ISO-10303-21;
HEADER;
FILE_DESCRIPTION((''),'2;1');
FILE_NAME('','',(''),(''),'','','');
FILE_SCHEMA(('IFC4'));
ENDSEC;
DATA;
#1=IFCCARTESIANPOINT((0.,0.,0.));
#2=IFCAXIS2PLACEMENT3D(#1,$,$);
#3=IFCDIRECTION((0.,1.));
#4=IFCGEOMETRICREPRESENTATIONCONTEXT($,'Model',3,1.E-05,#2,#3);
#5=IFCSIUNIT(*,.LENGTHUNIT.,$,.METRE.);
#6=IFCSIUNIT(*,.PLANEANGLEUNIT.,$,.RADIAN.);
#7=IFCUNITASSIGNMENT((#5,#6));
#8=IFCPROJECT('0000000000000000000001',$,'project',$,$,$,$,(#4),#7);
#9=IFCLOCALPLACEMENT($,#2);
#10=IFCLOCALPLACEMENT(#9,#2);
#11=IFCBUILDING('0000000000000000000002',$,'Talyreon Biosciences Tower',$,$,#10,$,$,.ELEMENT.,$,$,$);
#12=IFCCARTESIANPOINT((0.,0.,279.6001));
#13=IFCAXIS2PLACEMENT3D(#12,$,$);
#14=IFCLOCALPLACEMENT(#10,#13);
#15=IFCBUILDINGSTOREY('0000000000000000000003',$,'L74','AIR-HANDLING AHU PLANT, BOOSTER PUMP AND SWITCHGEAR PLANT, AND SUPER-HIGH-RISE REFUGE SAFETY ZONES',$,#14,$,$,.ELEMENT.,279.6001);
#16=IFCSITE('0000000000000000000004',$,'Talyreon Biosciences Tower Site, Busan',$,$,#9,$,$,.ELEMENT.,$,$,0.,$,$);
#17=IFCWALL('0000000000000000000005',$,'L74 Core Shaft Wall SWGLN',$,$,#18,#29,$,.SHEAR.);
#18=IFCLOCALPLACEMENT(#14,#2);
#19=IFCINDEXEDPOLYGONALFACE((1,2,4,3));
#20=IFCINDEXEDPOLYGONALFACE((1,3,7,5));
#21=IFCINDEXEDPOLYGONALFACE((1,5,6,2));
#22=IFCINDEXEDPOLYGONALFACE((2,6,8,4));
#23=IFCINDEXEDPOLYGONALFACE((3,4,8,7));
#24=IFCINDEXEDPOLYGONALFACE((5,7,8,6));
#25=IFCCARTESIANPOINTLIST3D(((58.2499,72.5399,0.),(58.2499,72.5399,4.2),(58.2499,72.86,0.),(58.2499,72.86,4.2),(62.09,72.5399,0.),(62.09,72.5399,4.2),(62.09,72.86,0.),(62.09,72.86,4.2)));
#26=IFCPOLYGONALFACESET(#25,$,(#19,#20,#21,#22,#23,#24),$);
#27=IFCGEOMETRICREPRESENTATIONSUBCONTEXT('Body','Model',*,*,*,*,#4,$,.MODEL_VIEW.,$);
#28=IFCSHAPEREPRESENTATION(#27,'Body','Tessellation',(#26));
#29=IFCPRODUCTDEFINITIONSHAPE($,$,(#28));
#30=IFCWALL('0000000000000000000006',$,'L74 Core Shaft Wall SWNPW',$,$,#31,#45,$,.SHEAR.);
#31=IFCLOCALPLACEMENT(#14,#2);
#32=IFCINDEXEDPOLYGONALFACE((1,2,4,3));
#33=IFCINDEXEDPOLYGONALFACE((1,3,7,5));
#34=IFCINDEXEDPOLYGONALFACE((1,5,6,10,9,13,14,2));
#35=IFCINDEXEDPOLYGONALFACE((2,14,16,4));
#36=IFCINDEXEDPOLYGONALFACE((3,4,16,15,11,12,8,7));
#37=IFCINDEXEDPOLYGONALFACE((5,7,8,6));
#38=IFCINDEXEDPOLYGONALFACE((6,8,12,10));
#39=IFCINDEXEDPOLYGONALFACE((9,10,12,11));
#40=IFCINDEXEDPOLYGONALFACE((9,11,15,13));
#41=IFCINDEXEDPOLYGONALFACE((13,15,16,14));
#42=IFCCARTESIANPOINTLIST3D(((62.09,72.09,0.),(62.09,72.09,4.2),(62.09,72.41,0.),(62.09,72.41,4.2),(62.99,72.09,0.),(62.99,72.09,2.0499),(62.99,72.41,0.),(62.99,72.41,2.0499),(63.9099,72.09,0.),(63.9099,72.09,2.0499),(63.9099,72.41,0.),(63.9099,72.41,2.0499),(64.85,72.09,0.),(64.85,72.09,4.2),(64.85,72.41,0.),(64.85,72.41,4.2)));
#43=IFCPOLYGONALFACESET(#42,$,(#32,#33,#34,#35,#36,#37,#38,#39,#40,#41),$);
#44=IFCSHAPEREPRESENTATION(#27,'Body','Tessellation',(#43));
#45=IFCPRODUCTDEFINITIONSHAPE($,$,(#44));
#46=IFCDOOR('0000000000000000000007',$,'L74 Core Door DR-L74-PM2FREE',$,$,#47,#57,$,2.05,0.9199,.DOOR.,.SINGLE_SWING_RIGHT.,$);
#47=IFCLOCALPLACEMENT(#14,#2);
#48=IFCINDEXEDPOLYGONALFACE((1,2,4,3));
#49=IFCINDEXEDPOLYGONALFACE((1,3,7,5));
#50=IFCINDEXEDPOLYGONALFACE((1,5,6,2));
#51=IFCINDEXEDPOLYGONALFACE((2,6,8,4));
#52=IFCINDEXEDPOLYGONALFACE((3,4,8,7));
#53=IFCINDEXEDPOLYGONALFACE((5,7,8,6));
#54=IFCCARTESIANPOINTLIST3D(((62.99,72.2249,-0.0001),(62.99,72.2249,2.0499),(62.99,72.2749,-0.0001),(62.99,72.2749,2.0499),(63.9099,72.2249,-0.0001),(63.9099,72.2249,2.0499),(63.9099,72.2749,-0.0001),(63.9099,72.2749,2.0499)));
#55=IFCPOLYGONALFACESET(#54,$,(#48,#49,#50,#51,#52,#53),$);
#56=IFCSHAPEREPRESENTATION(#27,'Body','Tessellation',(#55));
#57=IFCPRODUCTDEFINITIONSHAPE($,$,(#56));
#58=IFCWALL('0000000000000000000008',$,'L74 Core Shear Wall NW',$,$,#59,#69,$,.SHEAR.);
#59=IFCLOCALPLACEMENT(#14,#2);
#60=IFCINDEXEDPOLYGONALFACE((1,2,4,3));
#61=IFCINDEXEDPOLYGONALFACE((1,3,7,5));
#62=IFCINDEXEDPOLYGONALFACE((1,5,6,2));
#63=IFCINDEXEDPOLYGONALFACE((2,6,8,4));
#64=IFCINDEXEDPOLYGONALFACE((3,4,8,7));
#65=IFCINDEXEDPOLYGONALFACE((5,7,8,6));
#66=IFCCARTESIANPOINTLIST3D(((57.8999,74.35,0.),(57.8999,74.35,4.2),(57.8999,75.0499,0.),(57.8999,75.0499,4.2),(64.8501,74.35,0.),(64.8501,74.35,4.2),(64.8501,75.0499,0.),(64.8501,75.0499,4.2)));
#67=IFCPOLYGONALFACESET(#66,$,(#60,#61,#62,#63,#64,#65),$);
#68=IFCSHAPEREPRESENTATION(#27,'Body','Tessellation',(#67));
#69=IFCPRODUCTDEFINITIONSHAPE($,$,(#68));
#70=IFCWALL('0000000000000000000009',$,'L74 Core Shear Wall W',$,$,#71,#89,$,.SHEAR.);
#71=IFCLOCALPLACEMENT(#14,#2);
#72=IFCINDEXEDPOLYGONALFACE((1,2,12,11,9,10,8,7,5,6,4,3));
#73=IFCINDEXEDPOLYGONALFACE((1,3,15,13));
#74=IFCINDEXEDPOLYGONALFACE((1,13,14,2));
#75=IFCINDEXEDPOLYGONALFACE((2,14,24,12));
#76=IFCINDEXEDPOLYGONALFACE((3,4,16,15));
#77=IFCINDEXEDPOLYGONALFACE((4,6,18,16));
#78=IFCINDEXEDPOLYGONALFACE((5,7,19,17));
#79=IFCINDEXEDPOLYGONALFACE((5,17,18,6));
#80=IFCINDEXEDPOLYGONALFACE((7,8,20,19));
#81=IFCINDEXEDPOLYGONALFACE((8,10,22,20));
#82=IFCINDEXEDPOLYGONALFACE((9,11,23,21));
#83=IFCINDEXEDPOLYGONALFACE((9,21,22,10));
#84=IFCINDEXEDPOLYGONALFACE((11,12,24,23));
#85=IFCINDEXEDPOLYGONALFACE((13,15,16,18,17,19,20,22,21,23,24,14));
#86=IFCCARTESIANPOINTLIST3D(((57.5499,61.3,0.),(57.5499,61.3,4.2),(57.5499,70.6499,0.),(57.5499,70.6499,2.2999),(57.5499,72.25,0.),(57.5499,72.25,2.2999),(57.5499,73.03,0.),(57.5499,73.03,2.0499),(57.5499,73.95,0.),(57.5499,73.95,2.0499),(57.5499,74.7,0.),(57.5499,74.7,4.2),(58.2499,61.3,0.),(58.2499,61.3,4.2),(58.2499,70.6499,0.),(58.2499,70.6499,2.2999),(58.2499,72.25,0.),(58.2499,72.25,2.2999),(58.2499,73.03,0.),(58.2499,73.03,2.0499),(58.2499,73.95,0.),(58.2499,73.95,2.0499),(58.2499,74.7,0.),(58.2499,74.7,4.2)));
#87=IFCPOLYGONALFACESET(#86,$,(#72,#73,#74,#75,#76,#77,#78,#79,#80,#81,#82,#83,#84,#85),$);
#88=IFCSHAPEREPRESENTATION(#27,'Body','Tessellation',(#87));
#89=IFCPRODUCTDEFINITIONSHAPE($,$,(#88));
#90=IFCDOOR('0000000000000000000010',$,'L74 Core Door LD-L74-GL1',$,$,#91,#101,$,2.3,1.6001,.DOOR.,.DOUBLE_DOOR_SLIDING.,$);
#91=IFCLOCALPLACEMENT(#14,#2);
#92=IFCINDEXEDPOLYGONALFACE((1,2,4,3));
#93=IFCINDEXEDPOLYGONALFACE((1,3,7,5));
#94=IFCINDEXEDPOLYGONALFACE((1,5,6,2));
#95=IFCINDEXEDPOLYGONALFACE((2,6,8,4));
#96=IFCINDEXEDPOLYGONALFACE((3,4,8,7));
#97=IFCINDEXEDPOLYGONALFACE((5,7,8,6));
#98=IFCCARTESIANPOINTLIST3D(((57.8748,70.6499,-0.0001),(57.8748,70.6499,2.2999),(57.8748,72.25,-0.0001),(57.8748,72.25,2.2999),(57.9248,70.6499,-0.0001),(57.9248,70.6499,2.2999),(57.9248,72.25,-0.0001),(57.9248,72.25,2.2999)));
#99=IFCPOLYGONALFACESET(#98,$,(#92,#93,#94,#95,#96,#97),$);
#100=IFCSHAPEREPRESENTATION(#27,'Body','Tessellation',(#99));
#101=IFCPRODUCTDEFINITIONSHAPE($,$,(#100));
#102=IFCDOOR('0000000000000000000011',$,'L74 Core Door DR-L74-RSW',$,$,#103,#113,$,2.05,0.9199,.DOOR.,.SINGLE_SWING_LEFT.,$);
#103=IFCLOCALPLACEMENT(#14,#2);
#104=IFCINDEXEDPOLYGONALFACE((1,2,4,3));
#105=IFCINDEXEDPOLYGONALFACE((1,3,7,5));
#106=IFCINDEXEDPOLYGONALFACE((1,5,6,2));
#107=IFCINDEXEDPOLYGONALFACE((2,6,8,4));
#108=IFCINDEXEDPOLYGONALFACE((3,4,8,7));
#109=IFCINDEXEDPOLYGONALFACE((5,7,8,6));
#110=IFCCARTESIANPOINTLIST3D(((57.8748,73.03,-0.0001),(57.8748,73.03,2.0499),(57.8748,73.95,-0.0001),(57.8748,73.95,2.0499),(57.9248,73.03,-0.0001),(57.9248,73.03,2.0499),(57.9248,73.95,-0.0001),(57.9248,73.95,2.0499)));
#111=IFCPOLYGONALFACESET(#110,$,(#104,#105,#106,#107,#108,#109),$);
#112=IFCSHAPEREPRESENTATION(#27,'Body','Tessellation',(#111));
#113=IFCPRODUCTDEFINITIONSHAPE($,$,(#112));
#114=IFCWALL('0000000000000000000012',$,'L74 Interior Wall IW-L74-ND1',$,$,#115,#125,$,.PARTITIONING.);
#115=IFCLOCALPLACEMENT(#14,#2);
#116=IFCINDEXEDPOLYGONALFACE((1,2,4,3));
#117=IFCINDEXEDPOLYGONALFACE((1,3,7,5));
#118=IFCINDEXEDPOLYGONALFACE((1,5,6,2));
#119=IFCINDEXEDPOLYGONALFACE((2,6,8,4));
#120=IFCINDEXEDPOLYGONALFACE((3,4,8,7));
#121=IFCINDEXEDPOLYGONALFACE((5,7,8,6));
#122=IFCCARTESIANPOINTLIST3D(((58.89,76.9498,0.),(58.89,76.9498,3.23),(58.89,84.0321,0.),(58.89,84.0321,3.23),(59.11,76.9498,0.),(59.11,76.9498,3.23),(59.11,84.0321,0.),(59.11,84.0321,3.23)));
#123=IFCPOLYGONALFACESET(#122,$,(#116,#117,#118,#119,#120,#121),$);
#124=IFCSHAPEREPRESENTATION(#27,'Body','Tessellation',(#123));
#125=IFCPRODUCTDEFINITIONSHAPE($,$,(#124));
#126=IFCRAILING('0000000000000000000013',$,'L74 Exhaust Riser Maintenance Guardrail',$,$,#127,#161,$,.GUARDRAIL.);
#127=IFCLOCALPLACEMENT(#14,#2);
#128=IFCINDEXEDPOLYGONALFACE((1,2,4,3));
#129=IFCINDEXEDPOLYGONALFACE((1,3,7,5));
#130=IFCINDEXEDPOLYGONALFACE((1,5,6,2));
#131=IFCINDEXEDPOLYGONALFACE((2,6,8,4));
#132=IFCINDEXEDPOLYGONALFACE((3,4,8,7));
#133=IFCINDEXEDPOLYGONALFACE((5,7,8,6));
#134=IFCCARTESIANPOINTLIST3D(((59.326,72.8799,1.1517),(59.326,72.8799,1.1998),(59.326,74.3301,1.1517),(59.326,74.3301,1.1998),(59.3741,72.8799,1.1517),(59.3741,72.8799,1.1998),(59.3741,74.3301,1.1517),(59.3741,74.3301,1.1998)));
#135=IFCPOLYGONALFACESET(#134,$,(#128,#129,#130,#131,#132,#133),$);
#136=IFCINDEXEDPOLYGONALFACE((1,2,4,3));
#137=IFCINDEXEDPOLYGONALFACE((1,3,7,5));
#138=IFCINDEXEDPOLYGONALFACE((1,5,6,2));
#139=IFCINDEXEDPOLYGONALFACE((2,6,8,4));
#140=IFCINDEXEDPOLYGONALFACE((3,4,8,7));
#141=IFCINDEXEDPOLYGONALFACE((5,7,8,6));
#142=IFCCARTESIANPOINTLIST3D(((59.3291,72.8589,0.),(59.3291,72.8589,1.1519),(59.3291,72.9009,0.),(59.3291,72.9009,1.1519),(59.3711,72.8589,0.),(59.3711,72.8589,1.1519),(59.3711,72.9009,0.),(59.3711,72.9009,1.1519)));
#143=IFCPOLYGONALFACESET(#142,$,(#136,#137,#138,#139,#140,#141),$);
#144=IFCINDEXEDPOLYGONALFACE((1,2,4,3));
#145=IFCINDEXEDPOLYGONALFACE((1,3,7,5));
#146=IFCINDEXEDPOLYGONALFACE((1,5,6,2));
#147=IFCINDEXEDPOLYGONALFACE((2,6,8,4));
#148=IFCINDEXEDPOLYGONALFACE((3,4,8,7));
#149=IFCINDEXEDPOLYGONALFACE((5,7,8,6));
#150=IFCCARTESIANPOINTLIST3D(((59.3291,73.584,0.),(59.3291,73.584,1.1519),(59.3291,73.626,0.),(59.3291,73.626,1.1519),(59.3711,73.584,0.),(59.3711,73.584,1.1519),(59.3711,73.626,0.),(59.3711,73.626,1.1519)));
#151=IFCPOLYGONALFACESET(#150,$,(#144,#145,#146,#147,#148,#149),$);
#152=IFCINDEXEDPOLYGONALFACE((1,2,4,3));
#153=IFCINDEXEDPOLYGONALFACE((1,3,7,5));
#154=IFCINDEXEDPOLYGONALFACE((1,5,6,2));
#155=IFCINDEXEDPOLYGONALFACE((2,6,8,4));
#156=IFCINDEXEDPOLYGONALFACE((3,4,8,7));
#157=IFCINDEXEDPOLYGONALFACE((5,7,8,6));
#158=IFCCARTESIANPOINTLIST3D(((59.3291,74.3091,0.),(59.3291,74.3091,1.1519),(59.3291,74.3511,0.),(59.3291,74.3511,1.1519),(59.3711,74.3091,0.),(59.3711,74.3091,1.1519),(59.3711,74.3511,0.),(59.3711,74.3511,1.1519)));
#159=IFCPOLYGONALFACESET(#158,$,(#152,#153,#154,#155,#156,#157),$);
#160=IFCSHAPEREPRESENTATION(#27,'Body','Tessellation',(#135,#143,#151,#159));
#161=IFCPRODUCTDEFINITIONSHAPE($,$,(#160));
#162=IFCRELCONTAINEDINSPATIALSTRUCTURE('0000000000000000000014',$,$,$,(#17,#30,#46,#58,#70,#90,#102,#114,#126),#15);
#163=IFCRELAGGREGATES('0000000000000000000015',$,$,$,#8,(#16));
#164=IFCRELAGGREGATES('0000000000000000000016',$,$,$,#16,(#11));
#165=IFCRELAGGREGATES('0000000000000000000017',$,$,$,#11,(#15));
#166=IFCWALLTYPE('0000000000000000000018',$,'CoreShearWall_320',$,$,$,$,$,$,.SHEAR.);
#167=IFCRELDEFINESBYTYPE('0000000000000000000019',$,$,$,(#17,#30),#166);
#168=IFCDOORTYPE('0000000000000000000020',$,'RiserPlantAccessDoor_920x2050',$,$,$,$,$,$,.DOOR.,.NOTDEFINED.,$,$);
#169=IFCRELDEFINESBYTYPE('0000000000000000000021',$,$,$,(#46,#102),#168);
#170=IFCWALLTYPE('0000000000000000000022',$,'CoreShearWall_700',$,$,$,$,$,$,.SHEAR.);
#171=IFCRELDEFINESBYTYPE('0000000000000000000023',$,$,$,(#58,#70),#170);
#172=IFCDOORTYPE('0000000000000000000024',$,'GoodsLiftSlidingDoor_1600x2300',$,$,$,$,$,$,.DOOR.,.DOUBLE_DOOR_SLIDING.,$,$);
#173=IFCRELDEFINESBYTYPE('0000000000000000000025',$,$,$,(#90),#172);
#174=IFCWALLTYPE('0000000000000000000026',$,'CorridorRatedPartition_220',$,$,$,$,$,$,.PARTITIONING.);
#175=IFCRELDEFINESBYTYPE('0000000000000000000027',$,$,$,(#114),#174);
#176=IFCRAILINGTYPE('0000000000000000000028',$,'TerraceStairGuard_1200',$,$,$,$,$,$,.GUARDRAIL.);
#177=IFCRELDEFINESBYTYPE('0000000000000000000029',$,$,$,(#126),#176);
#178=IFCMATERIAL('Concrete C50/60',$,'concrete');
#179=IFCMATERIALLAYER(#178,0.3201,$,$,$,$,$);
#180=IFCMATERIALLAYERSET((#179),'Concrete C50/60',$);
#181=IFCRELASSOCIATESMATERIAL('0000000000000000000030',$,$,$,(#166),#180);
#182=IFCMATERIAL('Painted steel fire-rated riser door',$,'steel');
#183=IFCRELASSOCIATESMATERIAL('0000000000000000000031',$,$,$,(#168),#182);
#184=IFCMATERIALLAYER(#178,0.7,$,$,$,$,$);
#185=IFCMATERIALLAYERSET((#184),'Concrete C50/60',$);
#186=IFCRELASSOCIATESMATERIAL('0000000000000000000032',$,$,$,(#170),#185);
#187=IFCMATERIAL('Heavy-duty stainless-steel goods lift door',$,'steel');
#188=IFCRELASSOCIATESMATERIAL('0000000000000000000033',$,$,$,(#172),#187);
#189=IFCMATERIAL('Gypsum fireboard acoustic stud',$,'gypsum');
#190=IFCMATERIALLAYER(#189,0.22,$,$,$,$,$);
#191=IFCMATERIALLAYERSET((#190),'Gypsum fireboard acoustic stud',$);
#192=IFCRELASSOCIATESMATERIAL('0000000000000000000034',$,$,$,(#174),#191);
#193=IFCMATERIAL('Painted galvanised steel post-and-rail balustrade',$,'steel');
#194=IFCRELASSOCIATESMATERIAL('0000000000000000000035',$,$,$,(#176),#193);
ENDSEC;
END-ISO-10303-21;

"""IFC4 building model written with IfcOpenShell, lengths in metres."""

from ifc_helpers import new_model, si_unit, direction, frame, frame_2d, origin, origin_2d, place, context, subcontext, project, spatial, rectangle, extrude, material, layer, layer_set, type_object, element, fill, save


model = new_model("IFC4")

# Units and contexts
model_context = context("Model", 3, precision=1e-05, world=origin(), true_north=direction((0.0, 1.0)))
body_context = subcontext(model_context, "Body", "Model", "MODEL_VIEW")
ifc_project = project(units=[si_unit("LENGTHUNIT", "METRE"), si_unit("PLANEANGLEUNIT", "RADIAN")], contexts=[model_context])

# Site, building, storey
site_placement = place(None, origin())
site = spatial("IfcSite", under=ifc_project, at=site_placement, Name="Talyreon Biosciences Tower Site, Busan", CompositionType="ELEMENT", RefElevation=0.0)
building_placement = place(site_placement, origin())
building = spatial("IfcBuilding", under=site, at=building_placement, Name="Talyreon Biosciences Tower", CompositionType="ELEMENT")
storey_placement = place(building_placement, frame((0.0, 0.0, 279.6001)))
storey = spatial("IfcBuildingStorey", under=building, at=storey_placement, Name="L74", Description="AIR-HANDLING AHU PLANT, BOOSTER PUMP AND SWITCHGEAR PLANT, AND SUPER-HIGH-RISE REFUGE SAFETY ZONES", CompositionType="ELEMENT", Elevation=279.6001)

# Shared definitions
ifc_material_1 = material(Name="Concrete C50/60", Category="concrete")

# Wall
ifc_layer_1 = layer(ifc_material_1, 0.3201)
ifc_layer_set_1 = layer_set([ifc_layer_1], Name="Concrete C50/60")
wall_type_1 = type_object("IfcWallType", Name="CoreShearWall_320", PredefinedType="SHEAR", material=ifc_layer_set_1)
wall_1_placement = place(storey_placement, frame((58.25, 72.7, 0.0), z_axis=(0.0, 0.0, 1.0), x_axis=(1.0, 0.0, 0.0)))
element("IfcWall", 1, at=wall_1_placement, inside=storey, type_object=wall_type_1, Name="L74 Core Shaft Wall SWGLN", PredefinedType="SHEAR", context=body_context, shape_type="SweptSolid", body=[
    extrude(rectangle(XDim=3.8401, YDim=0.3201, at=frame_2d((1.9199, 0.0))), origin(), (0.0, 0.0, 1.0), 4.2),
])

# Wall, opening, door
wall_2_placement = place(storey_placement, frame((62.0901, 72.25, 0.0), z_axis=(0.0, 0.0, 1.0), x_axis=(1.0, 0.0, 0.0)))
wall_2 = element("IfcWall", 2, at=wall_2_placement, inside=storey, type_object=wall_type_1, Name="L74 Core Shaft Wall SWNPW", PredefinedType="SHEAR", context=body_context, shape_type="SweptSolid", body=[
    extrude(rectangle(XDim=2.76, YDim=0.3201, at=frame_2d((1.3799, 0.0))), origin(), (0.0, 0.0, 1.0), 4.2),
])
opening_1_placement = place(wall_2_placement, frame((0.8999, 0.0, 0.0)))
opening_1 = element("IfcOpeningElement", 3, at=opening_1_placement, cuts=wall_2, PredefinedType="OPENING", context=body_context, shape_type="SweptSolid", body=[
    extrude(rectangle(XDim=0.9199, YDim=2.05, at=frame_2d((0.46, 1.0249))), frame((0.0, 0.1699, 0.0), z_axis=(0.0, -1.0, 0.0), x_axis=(1.0, 0.0, 0.0)), (0.0, 0.0, 1.0), 0.3401),
])
ifc_material_2 = material(Name="Painted steel fire-rated riser door", Category="steel")
door_type_1 = type_object("IfcDoorType", Name="RiserPlantAccessDoor_920x2050", OperationType="NOTDEFINED", PredefinedType="DOOR", material=ifc_material_2)
door_1_placement = place(opening_1_placement, origin())
door_1 = element("IfcDoor", 4, at=door_1_placement, inside=storey, type_object=door_type_1, Name="L74 Core Door DR-L74-PM2FREE", OperationType="SINGLE_SWING_RIGHT", OverallHeight=2.05, OverallWidth=0.9199, PredefinedType="DOOR", context=body_context, shape_type="SweptSolid", body=[
    extrude(rectangle(XDim=0.9199, YDim=2.05, at=frame_2d((0.46, 1.0249))), frame((0.0, 0.0249, 0.0), z_axis=(0.0, -1.0, 0.0), x_axis=(1.0, 0.0, 0.0)), (0.0, 0.0, 1.0), 0.05),
])
fill(opening_1, door_1)

# Wall
ifc_layer_2 = layer(ifc_material_1, 0.7)
ifc_layer_set_2 = layer_set([ifc_layer_2], Name="Concrete C50/60")
wall_type_2 = type_object("IfcWallType", Name="CoreShearWall_700", PredefinedType="SHEAR", material=ifc_layer_set_2)
wall_3_placement = place(storey_placement, frame((64.8501, 74.7, 0.0), z_axis=(0.0, 0.0, 1.0), x_axis=(-1.0, 0.0, 0.0)))
element("IfcWall", 5, at=wall_3_placement, inside=storey, type_object=wall_type_2, Name="L74 Core Shear Wall NW", PredefinedType="SHEAR", context=body_context, shape_type="SweptSolid", body=[
    extrude(rectangle(XDim=6.9502, YDim=0.7, at=frame_2d((3.4751, 0.0))), origin(), (0.0, 0.0, 1.0), 4.2),
])

# Wall, openings, doors
wall_4_placement = place(storey_placement, frame((57.8999, 74.7, 0.0), z_axis=(0.0, 0.0, 1.0), x_axis=(0.0, -1.0, 0.0)))
wall_4 = element("IfcWall", 6, at=wall_4_placement, inside=storey, type_object=wall_type_2, Name="L74 Core Shear Wall W", PredefinedType="SHEAR", context=body_context, shape_type="SweptSolid", body=[
    extrude(rectangle(XDim=13.3999, YDim=0.7, at=frame_2d((6.7, 0.0))), origin(), (0.0, 0.0, 1.0), 4.2),
])
opening_2_placement = place(wall_4_placement, frame((0.75, 0.0, 0.0)))
opening_2 = element("IfcOpeningElement", 7, at=opening_2_placement, cuts=wall_4, PredefinedType="OPENING", context=body_context, shape_type="SweptSolid", body=[
    extrude(rectangle(XDim=0.9199, YDim=2.05, at=frame_2d((0.46, 1.0249))), frame((0.0, 0.3599, 0.0), z_axis=(0.0, -1.0, 0.0), x_axis=(1.0, 0.0, 0.0)), (0.0, 0.0, 1.0), 0.72),
])
opening_3_placement = place(wall_4_placement, frame((2.45, 0.0, 0.0)))
opening_3 = element("IfcOpeningElement", 8, at=opening_3_placement, cuts=wall_4, PredefinedType="OPENING", context=body_context, shape_type="SweptSolid", body=[
    extrude(rectangle(XDim=1.6001, YDim=2.3, at=frame_2d((0.8, 1.1499))), frame((0.0, 0.3599, 0.0), z_axis=(0.0, -1.0, 0.0), x_axis=(1.0, 0.0, 0.0)), (0.0, 0.0, 1.0), 0.72),
])
ifc_material_3 = material(Name="Heavy-duty stainless-steel goods lift door", Category="steel")
door_type_2 = type_object("IfcDoorType", Name="GoodsLiftSlidingDoor_1600x2300", OperationType="DOUBLE_DOOR_SLIDING", PredefinedType="DOOR", material=ifc_material_3)
door_2_placement = place(opening_3_placement, origin())
door_2 = element("IfcDoor", 9, at=door_2_placement, inside=storey, type_object=door_type_2, Name="L74 Core Door LD-L74-GL1", OperationType="DOUBLE_DOOR_SLIDING", OverallHeight=2.3, OverallWidth=1.6001, PredefinedType="DOOR", context=body_context, shape_type="SweptSolid", body=[
    extrude(rectangle(XDim=1.6001, YDim=2.3, at=frame_2d((0.8, 1.1499))), frame((0.0, 0.0249, 0.0), z_axis=(0.0, -1.0, 0.0), x_axis=(1.0, 0.0, 0.0)), (0.0, 0.0, 1.0), 0.05),
])
fill(opening_3, door_2)
door_3_placement = place(opening_2_placement, origin())
door_3 = element("IfcDoor", 10, at=door_3_placement, inside=storey, type_object=door_type_1, Name="L74 Core Door DR-L74-RSW", OperationType="SINGLE_SWING_LEFT", OverallHeight=2.05, OverallWidth=0.9199, PredefinedType="DOOR", context=body_context, shape_type="SweptSolid", body=[
    extrude(rectangle(XDim=0.9199, YDim=2.05, at=frame_2d((0.46, 1.0249))), frame((0.0, 0.0249, 0.0), z_axis=(0.0, -1.0, 0.0), x_axis=(1.0, 0.0, 0.0)), (0.0, 0.0, 1.0), 0.05),
])
fill(opening_2, door_3)

# Wall
ifc_material_4 = material(Name="Gypsum fireboard acoustic stud", Category="gypsum")
ifc_layer_3 = layer(ifc_material_4, 0.22)
ifc_layer_set_3 = layer_set([ifc_layer_3], Name="Gypsum fireboard acoustic stud")
wall_type_3 = type_object("IfcWallType", Name="CorridorRatedPartition_220", PredefinedType="PARTITIONING", material=ifc_layer_set_3)
wall_5_placement = place(storey_placement, frame((59.0, 76.95, 0.0), z_axis=(0.0, 0.0, 1.0), x_axis=(0.0, 1.0, 0.0)))
element("IfcWall", 11, at=wall_5_placement, inside=storey, type_object=wall_type_3, Name="L74 Interior Wall IW-L74-ND1", PredefinedType="PARTITIONING", context=body_context, shape_type="SweptSolid", body=[
    extrude(rectangle(XDim=7.0823, YDim=0.22, at=frame_2d((3.541, 0.0))), origin(), (0.0, 0.0, 1.0), 3.23),
])

# Railing
ifc_material_5 = material(Name="Painted galvanised steel post-and-rail balustrade", Category="steel")
railing_type = type_object("IfcRailingType", Name="TerraceStairGuard_1200", PredefinedType="GUARDRAIL", material=ifc_material_5)
railing_placement = place(storey_placement, frame((59.3501, 72.8799, 0.0)))
element("IfcRailing", 12, at=railing_placement, inside=storey, type_object=railing_type, Name="L74 Exhaust Riser Maintenance Guardrail", PredefinedType="GUARDRAIL", context=body_context, shape_type="SweptSolid", body=[
    extrude(rectangle(XDim=0.0481, YDim=0.0481, at=origin_2d()), frame((0.0, 0.0, 1.1758), z_axis=(0.0, 1.0, 0.0), x_axis=(-1.0, 0.0, 0.0)), (0.0, 0.0, 1.0), 1.4502),
    extrude(rectangle(XDim=0.042, YDim=0.042, at=origin_2d()), origin(), (0.0, 0.0, 1.0), 1.1519),
    extrude(rectangle(XDim=0.042, YDim=0.042, at=origin_2d()), frame((0.0, 0.7251, 0.0)), (0.0, 0.0, 1.0), 1.1519),
    extrude(rectangle(XDim=0.042, YDim=0.042, at=origin_2d()), frame((0.0, 1.4502, 0.0)), (0.0, 0.0, 1.0), 1.1519),
])

save(model, "model.ifc")
